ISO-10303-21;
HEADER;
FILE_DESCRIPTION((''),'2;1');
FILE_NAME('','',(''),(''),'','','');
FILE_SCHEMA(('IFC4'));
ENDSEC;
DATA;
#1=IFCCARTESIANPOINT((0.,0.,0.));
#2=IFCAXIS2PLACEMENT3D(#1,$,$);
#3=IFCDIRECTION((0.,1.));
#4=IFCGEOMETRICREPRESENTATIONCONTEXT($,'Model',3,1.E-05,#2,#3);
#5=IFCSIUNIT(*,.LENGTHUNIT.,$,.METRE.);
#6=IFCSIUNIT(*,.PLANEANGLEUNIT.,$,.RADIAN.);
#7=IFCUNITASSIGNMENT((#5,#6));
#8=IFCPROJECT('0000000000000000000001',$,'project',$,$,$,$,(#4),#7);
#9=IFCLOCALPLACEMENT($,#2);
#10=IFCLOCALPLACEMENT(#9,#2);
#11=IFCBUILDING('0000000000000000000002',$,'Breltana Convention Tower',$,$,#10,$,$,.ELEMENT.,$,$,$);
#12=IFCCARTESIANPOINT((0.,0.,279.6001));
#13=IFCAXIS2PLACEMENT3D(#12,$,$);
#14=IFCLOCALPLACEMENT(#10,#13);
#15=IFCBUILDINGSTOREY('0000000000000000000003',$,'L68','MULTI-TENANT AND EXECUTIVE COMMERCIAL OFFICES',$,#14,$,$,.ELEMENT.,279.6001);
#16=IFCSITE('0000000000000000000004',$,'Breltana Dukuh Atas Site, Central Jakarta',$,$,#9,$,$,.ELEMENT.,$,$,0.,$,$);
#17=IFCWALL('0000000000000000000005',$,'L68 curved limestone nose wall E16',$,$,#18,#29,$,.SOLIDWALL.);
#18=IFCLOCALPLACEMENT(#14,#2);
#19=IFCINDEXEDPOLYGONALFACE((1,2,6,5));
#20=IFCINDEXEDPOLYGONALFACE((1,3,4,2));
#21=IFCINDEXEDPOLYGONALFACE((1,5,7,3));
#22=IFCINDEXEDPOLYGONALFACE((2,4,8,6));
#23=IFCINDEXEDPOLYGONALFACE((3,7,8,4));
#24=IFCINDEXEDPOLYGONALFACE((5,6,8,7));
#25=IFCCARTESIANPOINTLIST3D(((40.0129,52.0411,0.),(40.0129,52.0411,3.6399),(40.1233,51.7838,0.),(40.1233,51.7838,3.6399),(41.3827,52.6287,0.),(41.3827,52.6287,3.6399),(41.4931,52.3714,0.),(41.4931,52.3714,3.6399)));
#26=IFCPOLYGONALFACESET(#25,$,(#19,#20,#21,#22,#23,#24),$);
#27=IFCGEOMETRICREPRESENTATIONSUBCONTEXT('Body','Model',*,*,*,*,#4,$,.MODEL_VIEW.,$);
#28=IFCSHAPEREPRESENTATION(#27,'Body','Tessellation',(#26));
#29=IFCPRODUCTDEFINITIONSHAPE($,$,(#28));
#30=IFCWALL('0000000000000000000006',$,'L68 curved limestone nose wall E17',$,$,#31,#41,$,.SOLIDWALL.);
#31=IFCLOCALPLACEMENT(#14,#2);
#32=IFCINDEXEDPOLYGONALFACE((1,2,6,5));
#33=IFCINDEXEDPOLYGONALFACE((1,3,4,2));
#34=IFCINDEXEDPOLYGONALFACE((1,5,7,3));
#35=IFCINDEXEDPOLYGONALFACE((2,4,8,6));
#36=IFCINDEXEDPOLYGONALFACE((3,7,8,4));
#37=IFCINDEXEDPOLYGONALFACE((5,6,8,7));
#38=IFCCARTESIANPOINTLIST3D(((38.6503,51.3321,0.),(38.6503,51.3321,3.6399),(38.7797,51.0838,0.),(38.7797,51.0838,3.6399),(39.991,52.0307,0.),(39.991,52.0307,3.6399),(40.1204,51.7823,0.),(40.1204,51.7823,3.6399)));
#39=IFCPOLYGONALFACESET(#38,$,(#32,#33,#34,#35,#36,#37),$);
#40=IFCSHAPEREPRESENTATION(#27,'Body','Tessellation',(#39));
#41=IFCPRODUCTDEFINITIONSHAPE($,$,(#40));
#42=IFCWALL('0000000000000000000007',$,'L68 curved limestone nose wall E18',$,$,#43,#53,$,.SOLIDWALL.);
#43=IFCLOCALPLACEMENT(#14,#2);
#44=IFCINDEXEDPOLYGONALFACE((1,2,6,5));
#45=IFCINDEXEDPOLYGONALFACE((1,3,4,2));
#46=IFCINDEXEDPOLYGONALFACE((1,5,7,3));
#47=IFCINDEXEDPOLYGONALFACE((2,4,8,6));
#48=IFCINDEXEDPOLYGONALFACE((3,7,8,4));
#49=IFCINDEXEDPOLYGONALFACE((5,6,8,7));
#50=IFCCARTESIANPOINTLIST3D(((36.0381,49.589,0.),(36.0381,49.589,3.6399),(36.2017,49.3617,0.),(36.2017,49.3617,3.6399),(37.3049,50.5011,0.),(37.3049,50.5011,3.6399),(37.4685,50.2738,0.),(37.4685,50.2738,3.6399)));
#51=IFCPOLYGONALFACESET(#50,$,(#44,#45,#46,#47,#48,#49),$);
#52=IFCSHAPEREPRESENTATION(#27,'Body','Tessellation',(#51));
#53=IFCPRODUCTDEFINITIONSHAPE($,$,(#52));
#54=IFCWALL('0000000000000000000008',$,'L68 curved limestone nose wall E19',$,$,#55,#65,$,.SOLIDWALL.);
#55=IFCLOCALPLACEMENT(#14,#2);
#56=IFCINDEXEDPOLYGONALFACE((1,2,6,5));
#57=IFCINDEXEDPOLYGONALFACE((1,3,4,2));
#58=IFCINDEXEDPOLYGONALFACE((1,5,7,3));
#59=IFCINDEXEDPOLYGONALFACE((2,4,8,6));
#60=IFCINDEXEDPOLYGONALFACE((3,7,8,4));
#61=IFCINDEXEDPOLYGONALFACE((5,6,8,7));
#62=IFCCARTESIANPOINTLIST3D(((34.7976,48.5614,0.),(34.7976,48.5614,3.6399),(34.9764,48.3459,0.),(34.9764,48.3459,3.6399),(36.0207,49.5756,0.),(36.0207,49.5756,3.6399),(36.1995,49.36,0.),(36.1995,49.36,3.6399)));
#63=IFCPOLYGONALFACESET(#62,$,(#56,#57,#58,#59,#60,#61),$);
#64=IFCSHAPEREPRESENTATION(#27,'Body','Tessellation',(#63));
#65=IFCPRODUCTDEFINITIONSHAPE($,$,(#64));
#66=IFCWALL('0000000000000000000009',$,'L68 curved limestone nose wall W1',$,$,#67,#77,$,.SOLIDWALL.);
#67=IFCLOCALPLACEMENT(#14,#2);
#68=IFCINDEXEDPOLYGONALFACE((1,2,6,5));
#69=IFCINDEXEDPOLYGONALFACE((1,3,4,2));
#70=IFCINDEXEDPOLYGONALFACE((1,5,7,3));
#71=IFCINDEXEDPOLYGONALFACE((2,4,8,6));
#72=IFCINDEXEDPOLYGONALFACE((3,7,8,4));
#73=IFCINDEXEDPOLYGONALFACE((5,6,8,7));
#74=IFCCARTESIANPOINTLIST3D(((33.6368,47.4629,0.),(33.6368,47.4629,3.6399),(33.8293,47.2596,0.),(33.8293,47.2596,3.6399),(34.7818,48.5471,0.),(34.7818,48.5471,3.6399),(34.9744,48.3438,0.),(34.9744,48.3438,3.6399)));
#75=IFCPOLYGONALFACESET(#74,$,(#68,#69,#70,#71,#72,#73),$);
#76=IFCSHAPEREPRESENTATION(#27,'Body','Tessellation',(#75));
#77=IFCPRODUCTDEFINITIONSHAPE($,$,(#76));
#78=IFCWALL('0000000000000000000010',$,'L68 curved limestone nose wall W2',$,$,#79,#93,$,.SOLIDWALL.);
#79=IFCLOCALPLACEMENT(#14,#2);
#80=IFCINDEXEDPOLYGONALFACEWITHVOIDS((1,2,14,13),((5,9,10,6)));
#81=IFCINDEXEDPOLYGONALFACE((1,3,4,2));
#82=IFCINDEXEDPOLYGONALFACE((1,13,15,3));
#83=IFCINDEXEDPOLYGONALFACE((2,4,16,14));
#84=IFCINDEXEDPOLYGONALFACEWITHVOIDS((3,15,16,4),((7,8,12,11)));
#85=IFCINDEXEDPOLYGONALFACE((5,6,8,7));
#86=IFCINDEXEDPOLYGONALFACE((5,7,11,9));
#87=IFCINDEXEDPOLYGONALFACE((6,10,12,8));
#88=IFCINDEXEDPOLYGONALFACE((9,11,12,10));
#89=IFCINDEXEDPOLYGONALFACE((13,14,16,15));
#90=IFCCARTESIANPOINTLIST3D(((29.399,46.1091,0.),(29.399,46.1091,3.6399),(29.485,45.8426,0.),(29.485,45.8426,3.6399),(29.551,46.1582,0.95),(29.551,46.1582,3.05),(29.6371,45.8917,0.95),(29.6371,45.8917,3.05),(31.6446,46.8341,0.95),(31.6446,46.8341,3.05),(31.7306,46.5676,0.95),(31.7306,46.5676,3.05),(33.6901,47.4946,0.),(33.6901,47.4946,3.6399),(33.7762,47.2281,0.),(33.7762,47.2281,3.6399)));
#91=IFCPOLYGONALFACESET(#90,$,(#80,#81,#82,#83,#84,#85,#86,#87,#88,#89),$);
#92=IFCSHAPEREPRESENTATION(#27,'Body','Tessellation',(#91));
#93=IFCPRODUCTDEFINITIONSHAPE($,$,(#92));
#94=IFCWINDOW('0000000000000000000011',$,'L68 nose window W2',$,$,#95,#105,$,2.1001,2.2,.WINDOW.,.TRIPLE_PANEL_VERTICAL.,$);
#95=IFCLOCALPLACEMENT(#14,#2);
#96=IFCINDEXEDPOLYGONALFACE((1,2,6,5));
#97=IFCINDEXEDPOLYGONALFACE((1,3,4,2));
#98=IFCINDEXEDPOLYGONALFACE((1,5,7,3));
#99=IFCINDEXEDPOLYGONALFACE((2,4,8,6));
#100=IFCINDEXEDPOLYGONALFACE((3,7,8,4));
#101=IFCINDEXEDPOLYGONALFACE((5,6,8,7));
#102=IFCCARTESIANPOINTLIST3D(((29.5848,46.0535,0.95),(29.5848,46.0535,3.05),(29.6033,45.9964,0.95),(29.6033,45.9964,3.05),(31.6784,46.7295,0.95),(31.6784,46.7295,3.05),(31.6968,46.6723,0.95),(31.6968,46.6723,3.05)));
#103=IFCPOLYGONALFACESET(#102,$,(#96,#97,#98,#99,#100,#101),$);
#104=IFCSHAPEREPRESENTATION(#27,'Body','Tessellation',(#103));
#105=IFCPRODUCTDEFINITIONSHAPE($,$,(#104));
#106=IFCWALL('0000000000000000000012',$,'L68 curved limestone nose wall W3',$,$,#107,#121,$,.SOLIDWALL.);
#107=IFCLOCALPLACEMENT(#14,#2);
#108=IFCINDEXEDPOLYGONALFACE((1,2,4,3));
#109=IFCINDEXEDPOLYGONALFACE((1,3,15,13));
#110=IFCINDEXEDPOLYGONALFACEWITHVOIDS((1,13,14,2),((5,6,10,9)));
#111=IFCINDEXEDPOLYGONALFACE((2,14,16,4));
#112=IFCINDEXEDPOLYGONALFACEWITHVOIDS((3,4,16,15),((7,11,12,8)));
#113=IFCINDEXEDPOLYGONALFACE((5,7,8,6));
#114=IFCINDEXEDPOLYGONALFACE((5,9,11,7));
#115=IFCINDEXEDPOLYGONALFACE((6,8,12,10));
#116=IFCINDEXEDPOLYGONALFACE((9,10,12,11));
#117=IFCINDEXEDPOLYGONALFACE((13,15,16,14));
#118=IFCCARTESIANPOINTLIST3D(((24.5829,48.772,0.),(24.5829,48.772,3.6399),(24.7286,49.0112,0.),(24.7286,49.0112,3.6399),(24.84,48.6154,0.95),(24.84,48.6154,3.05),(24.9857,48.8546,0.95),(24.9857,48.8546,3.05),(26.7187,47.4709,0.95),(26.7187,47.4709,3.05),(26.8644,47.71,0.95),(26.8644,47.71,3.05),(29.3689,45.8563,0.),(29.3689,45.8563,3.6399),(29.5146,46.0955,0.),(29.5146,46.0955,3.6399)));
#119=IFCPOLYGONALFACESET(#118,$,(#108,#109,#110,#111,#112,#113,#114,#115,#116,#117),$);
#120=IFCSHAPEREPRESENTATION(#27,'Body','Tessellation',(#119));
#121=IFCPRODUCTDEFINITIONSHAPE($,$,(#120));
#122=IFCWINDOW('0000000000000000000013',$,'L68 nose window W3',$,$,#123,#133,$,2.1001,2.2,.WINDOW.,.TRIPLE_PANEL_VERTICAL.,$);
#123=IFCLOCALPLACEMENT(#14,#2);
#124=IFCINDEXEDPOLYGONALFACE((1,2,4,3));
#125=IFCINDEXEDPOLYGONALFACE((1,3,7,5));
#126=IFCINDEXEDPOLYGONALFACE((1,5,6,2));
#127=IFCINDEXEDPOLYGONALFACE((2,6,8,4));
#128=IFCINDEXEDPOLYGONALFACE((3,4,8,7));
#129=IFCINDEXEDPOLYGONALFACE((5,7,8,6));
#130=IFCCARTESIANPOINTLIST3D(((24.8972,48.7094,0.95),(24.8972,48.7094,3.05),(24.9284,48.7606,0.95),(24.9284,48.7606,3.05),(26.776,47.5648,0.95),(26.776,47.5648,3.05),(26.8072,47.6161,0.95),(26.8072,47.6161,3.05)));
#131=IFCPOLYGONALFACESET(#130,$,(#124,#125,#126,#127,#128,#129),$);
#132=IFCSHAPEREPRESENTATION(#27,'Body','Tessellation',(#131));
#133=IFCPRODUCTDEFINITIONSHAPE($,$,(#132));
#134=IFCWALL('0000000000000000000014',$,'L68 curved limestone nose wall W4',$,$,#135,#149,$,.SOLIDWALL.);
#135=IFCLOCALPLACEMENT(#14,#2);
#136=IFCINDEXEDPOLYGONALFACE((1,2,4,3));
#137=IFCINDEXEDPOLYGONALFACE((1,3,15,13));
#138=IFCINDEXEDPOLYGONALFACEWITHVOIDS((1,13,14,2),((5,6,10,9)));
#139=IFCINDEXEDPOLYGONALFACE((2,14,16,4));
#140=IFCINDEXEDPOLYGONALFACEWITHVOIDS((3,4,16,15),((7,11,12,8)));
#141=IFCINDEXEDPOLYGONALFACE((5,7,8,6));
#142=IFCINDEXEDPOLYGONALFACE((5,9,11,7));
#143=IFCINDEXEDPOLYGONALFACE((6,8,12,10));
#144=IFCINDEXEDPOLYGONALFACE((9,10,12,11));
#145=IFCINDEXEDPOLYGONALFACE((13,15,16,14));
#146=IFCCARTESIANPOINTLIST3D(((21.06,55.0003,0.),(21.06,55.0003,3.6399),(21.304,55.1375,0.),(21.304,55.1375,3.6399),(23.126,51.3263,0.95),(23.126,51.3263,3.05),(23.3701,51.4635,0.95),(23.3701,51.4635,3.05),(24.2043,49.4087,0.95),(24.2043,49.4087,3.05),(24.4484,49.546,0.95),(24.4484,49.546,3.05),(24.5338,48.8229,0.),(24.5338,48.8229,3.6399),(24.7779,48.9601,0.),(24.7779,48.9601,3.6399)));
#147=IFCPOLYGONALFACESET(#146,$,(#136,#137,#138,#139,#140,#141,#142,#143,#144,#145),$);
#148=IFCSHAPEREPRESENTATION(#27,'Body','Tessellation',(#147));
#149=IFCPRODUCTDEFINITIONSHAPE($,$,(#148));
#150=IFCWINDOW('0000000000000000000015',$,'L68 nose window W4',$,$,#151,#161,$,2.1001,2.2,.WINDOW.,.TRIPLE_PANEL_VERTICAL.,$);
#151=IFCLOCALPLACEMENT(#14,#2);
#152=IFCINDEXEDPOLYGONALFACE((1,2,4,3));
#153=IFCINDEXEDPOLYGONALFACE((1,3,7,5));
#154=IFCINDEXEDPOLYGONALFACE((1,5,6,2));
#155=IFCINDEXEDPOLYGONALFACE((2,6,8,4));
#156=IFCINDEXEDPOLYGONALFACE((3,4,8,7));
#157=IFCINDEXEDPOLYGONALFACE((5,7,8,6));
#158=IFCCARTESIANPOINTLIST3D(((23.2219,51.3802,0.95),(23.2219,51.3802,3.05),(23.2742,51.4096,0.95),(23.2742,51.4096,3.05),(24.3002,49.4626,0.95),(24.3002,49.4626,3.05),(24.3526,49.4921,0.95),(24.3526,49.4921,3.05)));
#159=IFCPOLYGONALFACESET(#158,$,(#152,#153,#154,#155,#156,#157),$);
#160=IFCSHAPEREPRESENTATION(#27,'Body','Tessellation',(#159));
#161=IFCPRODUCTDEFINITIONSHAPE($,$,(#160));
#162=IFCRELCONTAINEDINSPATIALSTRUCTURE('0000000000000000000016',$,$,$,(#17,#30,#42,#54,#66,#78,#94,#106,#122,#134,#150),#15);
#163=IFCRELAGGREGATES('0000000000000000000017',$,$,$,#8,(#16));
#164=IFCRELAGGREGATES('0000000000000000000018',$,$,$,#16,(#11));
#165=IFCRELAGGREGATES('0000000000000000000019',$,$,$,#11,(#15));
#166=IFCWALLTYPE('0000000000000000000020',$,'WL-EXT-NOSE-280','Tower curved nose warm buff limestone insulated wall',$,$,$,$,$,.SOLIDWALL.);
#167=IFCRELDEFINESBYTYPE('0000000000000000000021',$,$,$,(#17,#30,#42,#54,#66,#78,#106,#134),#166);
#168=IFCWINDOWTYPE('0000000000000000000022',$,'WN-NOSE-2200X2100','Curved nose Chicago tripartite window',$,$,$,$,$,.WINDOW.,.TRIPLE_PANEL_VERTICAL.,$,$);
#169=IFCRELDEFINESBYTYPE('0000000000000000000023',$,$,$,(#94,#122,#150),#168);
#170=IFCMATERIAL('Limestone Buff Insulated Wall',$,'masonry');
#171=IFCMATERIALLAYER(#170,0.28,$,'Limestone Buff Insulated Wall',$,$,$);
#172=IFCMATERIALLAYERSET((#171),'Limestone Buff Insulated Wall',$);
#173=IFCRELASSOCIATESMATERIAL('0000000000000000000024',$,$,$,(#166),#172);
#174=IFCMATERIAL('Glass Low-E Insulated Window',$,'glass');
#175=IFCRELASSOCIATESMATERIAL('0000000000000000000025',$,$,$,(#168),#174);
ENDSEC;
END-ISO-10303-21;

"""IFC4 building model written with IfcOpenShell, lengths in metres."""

from ifc_helpers import new_model, si_unit, direction, frame, frame_2d, origin, place, context, subcontext, project, spatial, rectangle, extrude, source, transform, mapped, material, layer, layer_set, type_object, type_shapes, element, fill, save


model = new_model("IFC4")

# Units and contexts
model_context = context("Model", 3, precision=1e-05, world=origin(), true_north=direction((0.0, 1.0)))
body_context = subcontext(model_context, "Body", "Model", "MODEL_VIEW")
ifc_project = project(units=[si_unit("LENGTHUNIT", "METRE"), si_unit("PLANEANGLEUNIT", "RADIAN")], contexts=[model_context])

# Site, building, storey
site_placement = place(None, origin())
site = spatial("IfcSite", under=ifc_project, at=site_placement, Name="Breltana Dukuh Atas Site, Central Jakarta", CompositionType="ELEMENT", RefElevation=0.0)
building_placement = place(site_placement, origin())
building = spatial("IfcBuilding", under=site, at=building_placement, Name="Breltana Convention Tower", CompositionType="ELEMENT")
storey_placement = place(building_placement, frame((0.0, 0.0, 279.6001)))
storey = spatial("IfcBuildingStorey", under=building, at=storey_placement, Name="L68", Description="MULTI-TENANT AND EXECUTIVE COMMERCIAL OFFICES", CompositionType="ELEMENT", Elevation=279.6001)

# Walls
ifc_material_1 = material(Name="Limestone Buff Insulated Wall", Category="masonry")
ifc_layer_1 = layer(ifc_material_1, 0.28, Name="Limestone Buff Insulated Wall")
ifc_layer_set_1 = layer_set([ifc_layer_1], Name="Limestone Buff Insulated Wall")
wall_type_1 = type_object("IfcWallType", Name="WL-EXT-NOSE-280", Description="Tower curved nose warm buff limestone insulated wall", PredefinedType="SOLIDWALL", material=ifc_layer_set_1)
shared_shape_1 = source(origin(), body_context, "Body", "SweptSolid", [
    extrude(rectangle(XDim=1.4905, YDim=0.28, at=frame_2d((0.7451, 0.0))), origin(), (0.0, 0.0, 1.0), 3.6399),
])
wall_1_placement = place(storey_placement, frame((41.4377, 52.5, 0.0), z_axis=(0.0, 0.0, 1.0), x_axis=(-0.919009, -0.394236, 0.0)))
element("IfcWall", 1, at=wall_1_placement, inside=storey, type_object=wall_type_1, Name="L68 curved limestone nose wall E16", PredefinedType="SOLIDWALL", context=body_context, shape_type="MappedRepresentation", body=[
    mapped(shared_shape_1, transform((0.0, 0.0, 0.0), scale=1.0)),
])
shared_shape_2 = source(origin(), body_context, "Body", "SweptSolid", [
    extrude(rectangle(XDim=1.5117, YDim=0.28, at=frame_2d((0.7559, 0.0))), origin(), (0.0, 0.0, 1.0), 3.6399),
])
wall_2_placement = place(storey_placement, frame((40.0557, 51.9065, 0.0), z_axis=(0.0, 0.0, 1.0), x_axis=(-0.886841, -0.462075, 0.0)))
element("IfcWall", 2, at=wall_2_placement, inside=storey, type_object=wall_type_1, Name="L68 curved limestone nose wall E17", PredefinedType="SOLIDWALL", context=body_context, shape_type="MappedRepresentation", body=[
    mapped(shared_shape_2, transform((0.0, 0.0, 0.0), scale=1.0)),
])
shared_shape_3 = source(origin(), body_context, "Body", "SweptSolid", [
    extrude(rectangle(XDim=1.561, YDim=0.28, at=frame_2d((0.7805, 0.0))), origin(), (0.0, 0.0, 1.0), 3.6399),
])
wall_3_placement = place(storey_placement, frame((37.3867, 50.3875, 0.0), z_axis=(0.0, 0.0, 1.0), x_axis=(-0.81154, -0.584296, 0.0)))
element("IfcWall", 3, at=wall_3_placement, inside=storey, type_object=wall_type_1, Name="L68 curved limestone nose wall E18", PredefinedType="SOLIDWALL", context=body_context, shape_type="MappedRepresentation", body=[
    mapped(shared_shape_3, transform((0.0, 0.0, 0.0), scale=1.0)),
])
shared_shape_4 = source(origin(), body_context, "Body", "SweptSolid", [
    extrude(rectangle(XDim=1.5889, YDim=0.28, at=frame_2d((0.7944, 0.0))), origin(), (0.0, 0.0, 1.0), 3.6399),
])
wall_4_placement = place(storey_placement, frame((36.1101, 49.4678, 0.0), z_axis=(0.0, 0.0, 1.0), x_axis=(-0.769806, -0.638278, 0.0)))
element("IfcWall", 4, at=wall_4_placement, inside=storey, type_object=wall_type_1, Name="L68 curved limestone nose wall E19", PredefinedType="SOLIDWALL", context=body_context, shape_type="MappedRepresentation", body=[
    mapped(shared_shape_4, transform((0.0, 0.0, 0.0), scale=1.0)),
])
shared_shape_5 = source(origin(), body_context, "Body", "SweptSolid", [
    extrude(rectangle(XDim=1.5769, YDim=0.28, at=frame_2d((0.7886, 0.0))), origin(), (0.0, 0.0, 1.0), 3.6399),
])
wall_5_placement = place(storey_placement, frame((34.8782, 48.4456, 0.0), z_axis=(0.0, 0.0, 1.0), x_axis=(-0.726119, -0.687569, 0.0)))
element("IfcWall", 5, at=wall_5_placement, inside=storey, type_object=wall_type_1, Name="L68 curved limestone nose wall W1", PredefinedType="SOLIDWALL", context=body_context, shape_type="MappedRepresentation", body=[
    mapped(shared_shape_5, transform((0.0, 0.0, 0.0), scale=1.0)),
])

# Walls, openings, windows
shared_shape_6 = source(origin(), body_context, "Body", "SweptSolid", [
    extrude(rectangle(XDim=4.5093, YDim=0.28, at=frame_2d((2.2546, 0.0))), origin(), (0.0, 0.0, 1.0), 3.6399),
])
wall_6_placement = place(storey_placement, frame((33.7332, 47.3613, 0.0), z_axis=(0.0, 0.0, 1.0), x_axis=(-0.951629, -0.307248, 0.0)))
wall_6 = element("IfcWall", 6, at=wall_6_placement, inside=storey, type_object=wall_type_1, Name="L68 curved limestone nose wall W2", PredefinedType="SOLIDWALL", context=body_context, shape_type="MappedRepresentation", body=[
    mapped(shared_shape_6, transform((0.0, 0.0, 0.0), scale=1.0)),
])
opening_1_placement = place(wall_6_placement, frame((2.1494, 0.0, 0.95)))
opening_1 = element("IfcOpeningElement", 7, at=opening_1_placement, cuts=wall_6, PredefinedType="OPENING", context=body_context, shape_type="SweptSolid", body=[
    extrude(rectangle(XDim=2.2, YDim=2.1001, at=frame_2d((1.1001, 1.05))), frame((0.0, 0.1499, 0.0), z_axis=(0.0, -1.0, 0.0), x_axis=(1.0, 0.0, 0.0)), (0.0, 0.0, 1.0), 0.3),
])
ifc_material_2 = material(Name="Glass Low-E Insulated Window", Category="glass")
window_type = type_object("IfcWindowType", Name="WN-NOSE-2200X2100", Description="Curved nose Chicago tripartite window", PartitioningType="TRIPLE_PANEL_VERTICAL", PredefinedType="WINDOW", material=ifc_material_2)
shared_shape_7 = source(origin(), body_context, "Body", "SweptSolid", [
    extrude(rectangle(XDim=2.2, YDim=2.1001, at=frame_2d((1.1001, 1.05))), frame((0.0, 0.03, 0.0), z_axis=(0.0, -1.0, 0.0), x_axis=(1.0, 0.0, 0.0)), (0.0, 0.0, 1.0), 0.0601),
])
type_shapes(window_type, [shared_shape_7])
window_1_placement = place(opening_1_placement, origin())
window_1 = element("IfcWindow", 8, at=window_1_placement, inside=storey, type_object=window_type, Name="L68 nose window W2", OverallHeight=2.1001, OverallWidth=2.2, PartitioningType="TRIPLE_PANEL_VERTICAL", PredefinedType="WINDOW", context=body_context, shape_type="MappedRepresentation", body=[
    mapped(shared_shape_7, transform((0.0, 0.0, 0.0), scale=1.0)),
])
fill(opening_1, window_1)
shared_shape_8 = source(origin(), body_context, "Body", "SweptSolid", [
    extrude(rectangle(XDim=5.6042, YDim=0.28, at=frame_2d((2.8022, 0.0))), origin(), (0.0, 0.0, 1.0), 3.6399),
])
wall_7_placement = place(storey_placement, frame((29.4419, 45.9758, 0.0), z_axis=(0.0, 0.0, 1.0), x_axis=(-0.854002, 0.520269, 0.0)))
wall_7 = element("IfcWall", 9, at=wall_7_placement, inside=storey, type_object=wall_type_1, Name="L68 curved limestone nose wall W3", PredefinedType="SOLIDWALL", context=body_context, shape_type="MappedRepresentation", body=[
    mapped(shared_shape_8, transform((0.0, 0.0, 0.0), scale=1.0)),
])
opening_2_placement = place(wall_7_placement, frame((3.1033, 0.0, 0.95)))
opening_2 = element("IfcOpeningElement", 10, at=opening_2_placement, cuts=wall_7, PredefinedType="OPENING", context=body_context, shape_type="SweptSolid", body=[
    extrude(rectangle(XDim=2.2, YDim=2.1001, at=frame_2d((1.1001, 1.05))), frame((0.0, 0.1499, 0.0), z_axis=(0.0, -1.0, 0.0), x_axis=(1.0, 0.0, 0.0)), (0.0, 0.0, 1.0), 0.3),
])
window_2_placement = place(opening_2_placement, origin())
window_2 = element("IfcWindow", 11, at=window_2_placement, inside=storey, type_object=window_type, Name="L68 nose window W3", OverallHeight=2.1001, OverallWidth=2.2, PartitioningType="TRIPLE_PANEL_VERTICAL", PredefinedType="WINDOW", context=body_context, shape_type="MappedRepresentation", body=[
    mapped(shared_shape_7, transform((0.0, 0.0, 0.0), scale=1.0)),
])
fill(opening_2, window_2)
shared_shape_9 = source(origin(), body_context, "Body", "SweptSolid", [
    extrude(rectangle(XDim=7.0872, YDim=0.28, at=frame_2d((3.5435, 0.0))), origin(), (0.0, 0.0, 1.0), 3.6399),
])
wall_8_placement = place(storey_placement, frame((24.6558, 48.8916, 0.0), z_axis=(0.0, 0.0, 1.0), x_axis=(-0.490158, 0.871633, 0.0)))
wall_8 = element("IfcWall", 12, at=wall_8_placement, inside=storey, type_object=wall_type_1, Name="L68 curved limestone nose wall W4", PredefinedType="SOLIDWALL", context=body_context, shape_type="MappedRepresentation", body=[
    mapped(shared_shape_9, transform((0.0, 0.0, 0.0), scale=1.0)),
])
opening_3_placement = place(wall_8_placement, frame((0.6719, 0.0, 0.95)))
opening_3 = element("IfcOpeningElement", 13, at=opening_3_placement, cuts=wall_8, PredefinedType="OPENING", context=body_context, shape_type="SweptSolid", body=[
    extrude(rectangle(XDim=2.2, YDim=2.1001, at=frame_2d((1.1001, 1.05))), frame((0.0, 0.1499, 0.0), z_axis=(0.0, -1.0, 0.0), x_axis=(1.0, 0.0, 0.0)), (0.0, 0.0, 1.0), 0.3),
])
window_3_placement = place(opening_3_placement, origin())
window_3 = element("IfcWindow", 14, at=window_3_placement, inside=storey, type_object=window_type, Name="L68 nose window W4", OverallHeight=2.1001, OverallWidth=2.2, PartitioningType="TRIPLE_PANEL_VERTICAL", PredefinedType="WINDOW", context=body_context, shape_type="MappedRepresentation", body=[
    mapped(shared_shape_7, transform((0.0, 0.0, 0.0), scale=1.0)),
])
fill(opening_3, window_3)

save(model, "model.ifc")
